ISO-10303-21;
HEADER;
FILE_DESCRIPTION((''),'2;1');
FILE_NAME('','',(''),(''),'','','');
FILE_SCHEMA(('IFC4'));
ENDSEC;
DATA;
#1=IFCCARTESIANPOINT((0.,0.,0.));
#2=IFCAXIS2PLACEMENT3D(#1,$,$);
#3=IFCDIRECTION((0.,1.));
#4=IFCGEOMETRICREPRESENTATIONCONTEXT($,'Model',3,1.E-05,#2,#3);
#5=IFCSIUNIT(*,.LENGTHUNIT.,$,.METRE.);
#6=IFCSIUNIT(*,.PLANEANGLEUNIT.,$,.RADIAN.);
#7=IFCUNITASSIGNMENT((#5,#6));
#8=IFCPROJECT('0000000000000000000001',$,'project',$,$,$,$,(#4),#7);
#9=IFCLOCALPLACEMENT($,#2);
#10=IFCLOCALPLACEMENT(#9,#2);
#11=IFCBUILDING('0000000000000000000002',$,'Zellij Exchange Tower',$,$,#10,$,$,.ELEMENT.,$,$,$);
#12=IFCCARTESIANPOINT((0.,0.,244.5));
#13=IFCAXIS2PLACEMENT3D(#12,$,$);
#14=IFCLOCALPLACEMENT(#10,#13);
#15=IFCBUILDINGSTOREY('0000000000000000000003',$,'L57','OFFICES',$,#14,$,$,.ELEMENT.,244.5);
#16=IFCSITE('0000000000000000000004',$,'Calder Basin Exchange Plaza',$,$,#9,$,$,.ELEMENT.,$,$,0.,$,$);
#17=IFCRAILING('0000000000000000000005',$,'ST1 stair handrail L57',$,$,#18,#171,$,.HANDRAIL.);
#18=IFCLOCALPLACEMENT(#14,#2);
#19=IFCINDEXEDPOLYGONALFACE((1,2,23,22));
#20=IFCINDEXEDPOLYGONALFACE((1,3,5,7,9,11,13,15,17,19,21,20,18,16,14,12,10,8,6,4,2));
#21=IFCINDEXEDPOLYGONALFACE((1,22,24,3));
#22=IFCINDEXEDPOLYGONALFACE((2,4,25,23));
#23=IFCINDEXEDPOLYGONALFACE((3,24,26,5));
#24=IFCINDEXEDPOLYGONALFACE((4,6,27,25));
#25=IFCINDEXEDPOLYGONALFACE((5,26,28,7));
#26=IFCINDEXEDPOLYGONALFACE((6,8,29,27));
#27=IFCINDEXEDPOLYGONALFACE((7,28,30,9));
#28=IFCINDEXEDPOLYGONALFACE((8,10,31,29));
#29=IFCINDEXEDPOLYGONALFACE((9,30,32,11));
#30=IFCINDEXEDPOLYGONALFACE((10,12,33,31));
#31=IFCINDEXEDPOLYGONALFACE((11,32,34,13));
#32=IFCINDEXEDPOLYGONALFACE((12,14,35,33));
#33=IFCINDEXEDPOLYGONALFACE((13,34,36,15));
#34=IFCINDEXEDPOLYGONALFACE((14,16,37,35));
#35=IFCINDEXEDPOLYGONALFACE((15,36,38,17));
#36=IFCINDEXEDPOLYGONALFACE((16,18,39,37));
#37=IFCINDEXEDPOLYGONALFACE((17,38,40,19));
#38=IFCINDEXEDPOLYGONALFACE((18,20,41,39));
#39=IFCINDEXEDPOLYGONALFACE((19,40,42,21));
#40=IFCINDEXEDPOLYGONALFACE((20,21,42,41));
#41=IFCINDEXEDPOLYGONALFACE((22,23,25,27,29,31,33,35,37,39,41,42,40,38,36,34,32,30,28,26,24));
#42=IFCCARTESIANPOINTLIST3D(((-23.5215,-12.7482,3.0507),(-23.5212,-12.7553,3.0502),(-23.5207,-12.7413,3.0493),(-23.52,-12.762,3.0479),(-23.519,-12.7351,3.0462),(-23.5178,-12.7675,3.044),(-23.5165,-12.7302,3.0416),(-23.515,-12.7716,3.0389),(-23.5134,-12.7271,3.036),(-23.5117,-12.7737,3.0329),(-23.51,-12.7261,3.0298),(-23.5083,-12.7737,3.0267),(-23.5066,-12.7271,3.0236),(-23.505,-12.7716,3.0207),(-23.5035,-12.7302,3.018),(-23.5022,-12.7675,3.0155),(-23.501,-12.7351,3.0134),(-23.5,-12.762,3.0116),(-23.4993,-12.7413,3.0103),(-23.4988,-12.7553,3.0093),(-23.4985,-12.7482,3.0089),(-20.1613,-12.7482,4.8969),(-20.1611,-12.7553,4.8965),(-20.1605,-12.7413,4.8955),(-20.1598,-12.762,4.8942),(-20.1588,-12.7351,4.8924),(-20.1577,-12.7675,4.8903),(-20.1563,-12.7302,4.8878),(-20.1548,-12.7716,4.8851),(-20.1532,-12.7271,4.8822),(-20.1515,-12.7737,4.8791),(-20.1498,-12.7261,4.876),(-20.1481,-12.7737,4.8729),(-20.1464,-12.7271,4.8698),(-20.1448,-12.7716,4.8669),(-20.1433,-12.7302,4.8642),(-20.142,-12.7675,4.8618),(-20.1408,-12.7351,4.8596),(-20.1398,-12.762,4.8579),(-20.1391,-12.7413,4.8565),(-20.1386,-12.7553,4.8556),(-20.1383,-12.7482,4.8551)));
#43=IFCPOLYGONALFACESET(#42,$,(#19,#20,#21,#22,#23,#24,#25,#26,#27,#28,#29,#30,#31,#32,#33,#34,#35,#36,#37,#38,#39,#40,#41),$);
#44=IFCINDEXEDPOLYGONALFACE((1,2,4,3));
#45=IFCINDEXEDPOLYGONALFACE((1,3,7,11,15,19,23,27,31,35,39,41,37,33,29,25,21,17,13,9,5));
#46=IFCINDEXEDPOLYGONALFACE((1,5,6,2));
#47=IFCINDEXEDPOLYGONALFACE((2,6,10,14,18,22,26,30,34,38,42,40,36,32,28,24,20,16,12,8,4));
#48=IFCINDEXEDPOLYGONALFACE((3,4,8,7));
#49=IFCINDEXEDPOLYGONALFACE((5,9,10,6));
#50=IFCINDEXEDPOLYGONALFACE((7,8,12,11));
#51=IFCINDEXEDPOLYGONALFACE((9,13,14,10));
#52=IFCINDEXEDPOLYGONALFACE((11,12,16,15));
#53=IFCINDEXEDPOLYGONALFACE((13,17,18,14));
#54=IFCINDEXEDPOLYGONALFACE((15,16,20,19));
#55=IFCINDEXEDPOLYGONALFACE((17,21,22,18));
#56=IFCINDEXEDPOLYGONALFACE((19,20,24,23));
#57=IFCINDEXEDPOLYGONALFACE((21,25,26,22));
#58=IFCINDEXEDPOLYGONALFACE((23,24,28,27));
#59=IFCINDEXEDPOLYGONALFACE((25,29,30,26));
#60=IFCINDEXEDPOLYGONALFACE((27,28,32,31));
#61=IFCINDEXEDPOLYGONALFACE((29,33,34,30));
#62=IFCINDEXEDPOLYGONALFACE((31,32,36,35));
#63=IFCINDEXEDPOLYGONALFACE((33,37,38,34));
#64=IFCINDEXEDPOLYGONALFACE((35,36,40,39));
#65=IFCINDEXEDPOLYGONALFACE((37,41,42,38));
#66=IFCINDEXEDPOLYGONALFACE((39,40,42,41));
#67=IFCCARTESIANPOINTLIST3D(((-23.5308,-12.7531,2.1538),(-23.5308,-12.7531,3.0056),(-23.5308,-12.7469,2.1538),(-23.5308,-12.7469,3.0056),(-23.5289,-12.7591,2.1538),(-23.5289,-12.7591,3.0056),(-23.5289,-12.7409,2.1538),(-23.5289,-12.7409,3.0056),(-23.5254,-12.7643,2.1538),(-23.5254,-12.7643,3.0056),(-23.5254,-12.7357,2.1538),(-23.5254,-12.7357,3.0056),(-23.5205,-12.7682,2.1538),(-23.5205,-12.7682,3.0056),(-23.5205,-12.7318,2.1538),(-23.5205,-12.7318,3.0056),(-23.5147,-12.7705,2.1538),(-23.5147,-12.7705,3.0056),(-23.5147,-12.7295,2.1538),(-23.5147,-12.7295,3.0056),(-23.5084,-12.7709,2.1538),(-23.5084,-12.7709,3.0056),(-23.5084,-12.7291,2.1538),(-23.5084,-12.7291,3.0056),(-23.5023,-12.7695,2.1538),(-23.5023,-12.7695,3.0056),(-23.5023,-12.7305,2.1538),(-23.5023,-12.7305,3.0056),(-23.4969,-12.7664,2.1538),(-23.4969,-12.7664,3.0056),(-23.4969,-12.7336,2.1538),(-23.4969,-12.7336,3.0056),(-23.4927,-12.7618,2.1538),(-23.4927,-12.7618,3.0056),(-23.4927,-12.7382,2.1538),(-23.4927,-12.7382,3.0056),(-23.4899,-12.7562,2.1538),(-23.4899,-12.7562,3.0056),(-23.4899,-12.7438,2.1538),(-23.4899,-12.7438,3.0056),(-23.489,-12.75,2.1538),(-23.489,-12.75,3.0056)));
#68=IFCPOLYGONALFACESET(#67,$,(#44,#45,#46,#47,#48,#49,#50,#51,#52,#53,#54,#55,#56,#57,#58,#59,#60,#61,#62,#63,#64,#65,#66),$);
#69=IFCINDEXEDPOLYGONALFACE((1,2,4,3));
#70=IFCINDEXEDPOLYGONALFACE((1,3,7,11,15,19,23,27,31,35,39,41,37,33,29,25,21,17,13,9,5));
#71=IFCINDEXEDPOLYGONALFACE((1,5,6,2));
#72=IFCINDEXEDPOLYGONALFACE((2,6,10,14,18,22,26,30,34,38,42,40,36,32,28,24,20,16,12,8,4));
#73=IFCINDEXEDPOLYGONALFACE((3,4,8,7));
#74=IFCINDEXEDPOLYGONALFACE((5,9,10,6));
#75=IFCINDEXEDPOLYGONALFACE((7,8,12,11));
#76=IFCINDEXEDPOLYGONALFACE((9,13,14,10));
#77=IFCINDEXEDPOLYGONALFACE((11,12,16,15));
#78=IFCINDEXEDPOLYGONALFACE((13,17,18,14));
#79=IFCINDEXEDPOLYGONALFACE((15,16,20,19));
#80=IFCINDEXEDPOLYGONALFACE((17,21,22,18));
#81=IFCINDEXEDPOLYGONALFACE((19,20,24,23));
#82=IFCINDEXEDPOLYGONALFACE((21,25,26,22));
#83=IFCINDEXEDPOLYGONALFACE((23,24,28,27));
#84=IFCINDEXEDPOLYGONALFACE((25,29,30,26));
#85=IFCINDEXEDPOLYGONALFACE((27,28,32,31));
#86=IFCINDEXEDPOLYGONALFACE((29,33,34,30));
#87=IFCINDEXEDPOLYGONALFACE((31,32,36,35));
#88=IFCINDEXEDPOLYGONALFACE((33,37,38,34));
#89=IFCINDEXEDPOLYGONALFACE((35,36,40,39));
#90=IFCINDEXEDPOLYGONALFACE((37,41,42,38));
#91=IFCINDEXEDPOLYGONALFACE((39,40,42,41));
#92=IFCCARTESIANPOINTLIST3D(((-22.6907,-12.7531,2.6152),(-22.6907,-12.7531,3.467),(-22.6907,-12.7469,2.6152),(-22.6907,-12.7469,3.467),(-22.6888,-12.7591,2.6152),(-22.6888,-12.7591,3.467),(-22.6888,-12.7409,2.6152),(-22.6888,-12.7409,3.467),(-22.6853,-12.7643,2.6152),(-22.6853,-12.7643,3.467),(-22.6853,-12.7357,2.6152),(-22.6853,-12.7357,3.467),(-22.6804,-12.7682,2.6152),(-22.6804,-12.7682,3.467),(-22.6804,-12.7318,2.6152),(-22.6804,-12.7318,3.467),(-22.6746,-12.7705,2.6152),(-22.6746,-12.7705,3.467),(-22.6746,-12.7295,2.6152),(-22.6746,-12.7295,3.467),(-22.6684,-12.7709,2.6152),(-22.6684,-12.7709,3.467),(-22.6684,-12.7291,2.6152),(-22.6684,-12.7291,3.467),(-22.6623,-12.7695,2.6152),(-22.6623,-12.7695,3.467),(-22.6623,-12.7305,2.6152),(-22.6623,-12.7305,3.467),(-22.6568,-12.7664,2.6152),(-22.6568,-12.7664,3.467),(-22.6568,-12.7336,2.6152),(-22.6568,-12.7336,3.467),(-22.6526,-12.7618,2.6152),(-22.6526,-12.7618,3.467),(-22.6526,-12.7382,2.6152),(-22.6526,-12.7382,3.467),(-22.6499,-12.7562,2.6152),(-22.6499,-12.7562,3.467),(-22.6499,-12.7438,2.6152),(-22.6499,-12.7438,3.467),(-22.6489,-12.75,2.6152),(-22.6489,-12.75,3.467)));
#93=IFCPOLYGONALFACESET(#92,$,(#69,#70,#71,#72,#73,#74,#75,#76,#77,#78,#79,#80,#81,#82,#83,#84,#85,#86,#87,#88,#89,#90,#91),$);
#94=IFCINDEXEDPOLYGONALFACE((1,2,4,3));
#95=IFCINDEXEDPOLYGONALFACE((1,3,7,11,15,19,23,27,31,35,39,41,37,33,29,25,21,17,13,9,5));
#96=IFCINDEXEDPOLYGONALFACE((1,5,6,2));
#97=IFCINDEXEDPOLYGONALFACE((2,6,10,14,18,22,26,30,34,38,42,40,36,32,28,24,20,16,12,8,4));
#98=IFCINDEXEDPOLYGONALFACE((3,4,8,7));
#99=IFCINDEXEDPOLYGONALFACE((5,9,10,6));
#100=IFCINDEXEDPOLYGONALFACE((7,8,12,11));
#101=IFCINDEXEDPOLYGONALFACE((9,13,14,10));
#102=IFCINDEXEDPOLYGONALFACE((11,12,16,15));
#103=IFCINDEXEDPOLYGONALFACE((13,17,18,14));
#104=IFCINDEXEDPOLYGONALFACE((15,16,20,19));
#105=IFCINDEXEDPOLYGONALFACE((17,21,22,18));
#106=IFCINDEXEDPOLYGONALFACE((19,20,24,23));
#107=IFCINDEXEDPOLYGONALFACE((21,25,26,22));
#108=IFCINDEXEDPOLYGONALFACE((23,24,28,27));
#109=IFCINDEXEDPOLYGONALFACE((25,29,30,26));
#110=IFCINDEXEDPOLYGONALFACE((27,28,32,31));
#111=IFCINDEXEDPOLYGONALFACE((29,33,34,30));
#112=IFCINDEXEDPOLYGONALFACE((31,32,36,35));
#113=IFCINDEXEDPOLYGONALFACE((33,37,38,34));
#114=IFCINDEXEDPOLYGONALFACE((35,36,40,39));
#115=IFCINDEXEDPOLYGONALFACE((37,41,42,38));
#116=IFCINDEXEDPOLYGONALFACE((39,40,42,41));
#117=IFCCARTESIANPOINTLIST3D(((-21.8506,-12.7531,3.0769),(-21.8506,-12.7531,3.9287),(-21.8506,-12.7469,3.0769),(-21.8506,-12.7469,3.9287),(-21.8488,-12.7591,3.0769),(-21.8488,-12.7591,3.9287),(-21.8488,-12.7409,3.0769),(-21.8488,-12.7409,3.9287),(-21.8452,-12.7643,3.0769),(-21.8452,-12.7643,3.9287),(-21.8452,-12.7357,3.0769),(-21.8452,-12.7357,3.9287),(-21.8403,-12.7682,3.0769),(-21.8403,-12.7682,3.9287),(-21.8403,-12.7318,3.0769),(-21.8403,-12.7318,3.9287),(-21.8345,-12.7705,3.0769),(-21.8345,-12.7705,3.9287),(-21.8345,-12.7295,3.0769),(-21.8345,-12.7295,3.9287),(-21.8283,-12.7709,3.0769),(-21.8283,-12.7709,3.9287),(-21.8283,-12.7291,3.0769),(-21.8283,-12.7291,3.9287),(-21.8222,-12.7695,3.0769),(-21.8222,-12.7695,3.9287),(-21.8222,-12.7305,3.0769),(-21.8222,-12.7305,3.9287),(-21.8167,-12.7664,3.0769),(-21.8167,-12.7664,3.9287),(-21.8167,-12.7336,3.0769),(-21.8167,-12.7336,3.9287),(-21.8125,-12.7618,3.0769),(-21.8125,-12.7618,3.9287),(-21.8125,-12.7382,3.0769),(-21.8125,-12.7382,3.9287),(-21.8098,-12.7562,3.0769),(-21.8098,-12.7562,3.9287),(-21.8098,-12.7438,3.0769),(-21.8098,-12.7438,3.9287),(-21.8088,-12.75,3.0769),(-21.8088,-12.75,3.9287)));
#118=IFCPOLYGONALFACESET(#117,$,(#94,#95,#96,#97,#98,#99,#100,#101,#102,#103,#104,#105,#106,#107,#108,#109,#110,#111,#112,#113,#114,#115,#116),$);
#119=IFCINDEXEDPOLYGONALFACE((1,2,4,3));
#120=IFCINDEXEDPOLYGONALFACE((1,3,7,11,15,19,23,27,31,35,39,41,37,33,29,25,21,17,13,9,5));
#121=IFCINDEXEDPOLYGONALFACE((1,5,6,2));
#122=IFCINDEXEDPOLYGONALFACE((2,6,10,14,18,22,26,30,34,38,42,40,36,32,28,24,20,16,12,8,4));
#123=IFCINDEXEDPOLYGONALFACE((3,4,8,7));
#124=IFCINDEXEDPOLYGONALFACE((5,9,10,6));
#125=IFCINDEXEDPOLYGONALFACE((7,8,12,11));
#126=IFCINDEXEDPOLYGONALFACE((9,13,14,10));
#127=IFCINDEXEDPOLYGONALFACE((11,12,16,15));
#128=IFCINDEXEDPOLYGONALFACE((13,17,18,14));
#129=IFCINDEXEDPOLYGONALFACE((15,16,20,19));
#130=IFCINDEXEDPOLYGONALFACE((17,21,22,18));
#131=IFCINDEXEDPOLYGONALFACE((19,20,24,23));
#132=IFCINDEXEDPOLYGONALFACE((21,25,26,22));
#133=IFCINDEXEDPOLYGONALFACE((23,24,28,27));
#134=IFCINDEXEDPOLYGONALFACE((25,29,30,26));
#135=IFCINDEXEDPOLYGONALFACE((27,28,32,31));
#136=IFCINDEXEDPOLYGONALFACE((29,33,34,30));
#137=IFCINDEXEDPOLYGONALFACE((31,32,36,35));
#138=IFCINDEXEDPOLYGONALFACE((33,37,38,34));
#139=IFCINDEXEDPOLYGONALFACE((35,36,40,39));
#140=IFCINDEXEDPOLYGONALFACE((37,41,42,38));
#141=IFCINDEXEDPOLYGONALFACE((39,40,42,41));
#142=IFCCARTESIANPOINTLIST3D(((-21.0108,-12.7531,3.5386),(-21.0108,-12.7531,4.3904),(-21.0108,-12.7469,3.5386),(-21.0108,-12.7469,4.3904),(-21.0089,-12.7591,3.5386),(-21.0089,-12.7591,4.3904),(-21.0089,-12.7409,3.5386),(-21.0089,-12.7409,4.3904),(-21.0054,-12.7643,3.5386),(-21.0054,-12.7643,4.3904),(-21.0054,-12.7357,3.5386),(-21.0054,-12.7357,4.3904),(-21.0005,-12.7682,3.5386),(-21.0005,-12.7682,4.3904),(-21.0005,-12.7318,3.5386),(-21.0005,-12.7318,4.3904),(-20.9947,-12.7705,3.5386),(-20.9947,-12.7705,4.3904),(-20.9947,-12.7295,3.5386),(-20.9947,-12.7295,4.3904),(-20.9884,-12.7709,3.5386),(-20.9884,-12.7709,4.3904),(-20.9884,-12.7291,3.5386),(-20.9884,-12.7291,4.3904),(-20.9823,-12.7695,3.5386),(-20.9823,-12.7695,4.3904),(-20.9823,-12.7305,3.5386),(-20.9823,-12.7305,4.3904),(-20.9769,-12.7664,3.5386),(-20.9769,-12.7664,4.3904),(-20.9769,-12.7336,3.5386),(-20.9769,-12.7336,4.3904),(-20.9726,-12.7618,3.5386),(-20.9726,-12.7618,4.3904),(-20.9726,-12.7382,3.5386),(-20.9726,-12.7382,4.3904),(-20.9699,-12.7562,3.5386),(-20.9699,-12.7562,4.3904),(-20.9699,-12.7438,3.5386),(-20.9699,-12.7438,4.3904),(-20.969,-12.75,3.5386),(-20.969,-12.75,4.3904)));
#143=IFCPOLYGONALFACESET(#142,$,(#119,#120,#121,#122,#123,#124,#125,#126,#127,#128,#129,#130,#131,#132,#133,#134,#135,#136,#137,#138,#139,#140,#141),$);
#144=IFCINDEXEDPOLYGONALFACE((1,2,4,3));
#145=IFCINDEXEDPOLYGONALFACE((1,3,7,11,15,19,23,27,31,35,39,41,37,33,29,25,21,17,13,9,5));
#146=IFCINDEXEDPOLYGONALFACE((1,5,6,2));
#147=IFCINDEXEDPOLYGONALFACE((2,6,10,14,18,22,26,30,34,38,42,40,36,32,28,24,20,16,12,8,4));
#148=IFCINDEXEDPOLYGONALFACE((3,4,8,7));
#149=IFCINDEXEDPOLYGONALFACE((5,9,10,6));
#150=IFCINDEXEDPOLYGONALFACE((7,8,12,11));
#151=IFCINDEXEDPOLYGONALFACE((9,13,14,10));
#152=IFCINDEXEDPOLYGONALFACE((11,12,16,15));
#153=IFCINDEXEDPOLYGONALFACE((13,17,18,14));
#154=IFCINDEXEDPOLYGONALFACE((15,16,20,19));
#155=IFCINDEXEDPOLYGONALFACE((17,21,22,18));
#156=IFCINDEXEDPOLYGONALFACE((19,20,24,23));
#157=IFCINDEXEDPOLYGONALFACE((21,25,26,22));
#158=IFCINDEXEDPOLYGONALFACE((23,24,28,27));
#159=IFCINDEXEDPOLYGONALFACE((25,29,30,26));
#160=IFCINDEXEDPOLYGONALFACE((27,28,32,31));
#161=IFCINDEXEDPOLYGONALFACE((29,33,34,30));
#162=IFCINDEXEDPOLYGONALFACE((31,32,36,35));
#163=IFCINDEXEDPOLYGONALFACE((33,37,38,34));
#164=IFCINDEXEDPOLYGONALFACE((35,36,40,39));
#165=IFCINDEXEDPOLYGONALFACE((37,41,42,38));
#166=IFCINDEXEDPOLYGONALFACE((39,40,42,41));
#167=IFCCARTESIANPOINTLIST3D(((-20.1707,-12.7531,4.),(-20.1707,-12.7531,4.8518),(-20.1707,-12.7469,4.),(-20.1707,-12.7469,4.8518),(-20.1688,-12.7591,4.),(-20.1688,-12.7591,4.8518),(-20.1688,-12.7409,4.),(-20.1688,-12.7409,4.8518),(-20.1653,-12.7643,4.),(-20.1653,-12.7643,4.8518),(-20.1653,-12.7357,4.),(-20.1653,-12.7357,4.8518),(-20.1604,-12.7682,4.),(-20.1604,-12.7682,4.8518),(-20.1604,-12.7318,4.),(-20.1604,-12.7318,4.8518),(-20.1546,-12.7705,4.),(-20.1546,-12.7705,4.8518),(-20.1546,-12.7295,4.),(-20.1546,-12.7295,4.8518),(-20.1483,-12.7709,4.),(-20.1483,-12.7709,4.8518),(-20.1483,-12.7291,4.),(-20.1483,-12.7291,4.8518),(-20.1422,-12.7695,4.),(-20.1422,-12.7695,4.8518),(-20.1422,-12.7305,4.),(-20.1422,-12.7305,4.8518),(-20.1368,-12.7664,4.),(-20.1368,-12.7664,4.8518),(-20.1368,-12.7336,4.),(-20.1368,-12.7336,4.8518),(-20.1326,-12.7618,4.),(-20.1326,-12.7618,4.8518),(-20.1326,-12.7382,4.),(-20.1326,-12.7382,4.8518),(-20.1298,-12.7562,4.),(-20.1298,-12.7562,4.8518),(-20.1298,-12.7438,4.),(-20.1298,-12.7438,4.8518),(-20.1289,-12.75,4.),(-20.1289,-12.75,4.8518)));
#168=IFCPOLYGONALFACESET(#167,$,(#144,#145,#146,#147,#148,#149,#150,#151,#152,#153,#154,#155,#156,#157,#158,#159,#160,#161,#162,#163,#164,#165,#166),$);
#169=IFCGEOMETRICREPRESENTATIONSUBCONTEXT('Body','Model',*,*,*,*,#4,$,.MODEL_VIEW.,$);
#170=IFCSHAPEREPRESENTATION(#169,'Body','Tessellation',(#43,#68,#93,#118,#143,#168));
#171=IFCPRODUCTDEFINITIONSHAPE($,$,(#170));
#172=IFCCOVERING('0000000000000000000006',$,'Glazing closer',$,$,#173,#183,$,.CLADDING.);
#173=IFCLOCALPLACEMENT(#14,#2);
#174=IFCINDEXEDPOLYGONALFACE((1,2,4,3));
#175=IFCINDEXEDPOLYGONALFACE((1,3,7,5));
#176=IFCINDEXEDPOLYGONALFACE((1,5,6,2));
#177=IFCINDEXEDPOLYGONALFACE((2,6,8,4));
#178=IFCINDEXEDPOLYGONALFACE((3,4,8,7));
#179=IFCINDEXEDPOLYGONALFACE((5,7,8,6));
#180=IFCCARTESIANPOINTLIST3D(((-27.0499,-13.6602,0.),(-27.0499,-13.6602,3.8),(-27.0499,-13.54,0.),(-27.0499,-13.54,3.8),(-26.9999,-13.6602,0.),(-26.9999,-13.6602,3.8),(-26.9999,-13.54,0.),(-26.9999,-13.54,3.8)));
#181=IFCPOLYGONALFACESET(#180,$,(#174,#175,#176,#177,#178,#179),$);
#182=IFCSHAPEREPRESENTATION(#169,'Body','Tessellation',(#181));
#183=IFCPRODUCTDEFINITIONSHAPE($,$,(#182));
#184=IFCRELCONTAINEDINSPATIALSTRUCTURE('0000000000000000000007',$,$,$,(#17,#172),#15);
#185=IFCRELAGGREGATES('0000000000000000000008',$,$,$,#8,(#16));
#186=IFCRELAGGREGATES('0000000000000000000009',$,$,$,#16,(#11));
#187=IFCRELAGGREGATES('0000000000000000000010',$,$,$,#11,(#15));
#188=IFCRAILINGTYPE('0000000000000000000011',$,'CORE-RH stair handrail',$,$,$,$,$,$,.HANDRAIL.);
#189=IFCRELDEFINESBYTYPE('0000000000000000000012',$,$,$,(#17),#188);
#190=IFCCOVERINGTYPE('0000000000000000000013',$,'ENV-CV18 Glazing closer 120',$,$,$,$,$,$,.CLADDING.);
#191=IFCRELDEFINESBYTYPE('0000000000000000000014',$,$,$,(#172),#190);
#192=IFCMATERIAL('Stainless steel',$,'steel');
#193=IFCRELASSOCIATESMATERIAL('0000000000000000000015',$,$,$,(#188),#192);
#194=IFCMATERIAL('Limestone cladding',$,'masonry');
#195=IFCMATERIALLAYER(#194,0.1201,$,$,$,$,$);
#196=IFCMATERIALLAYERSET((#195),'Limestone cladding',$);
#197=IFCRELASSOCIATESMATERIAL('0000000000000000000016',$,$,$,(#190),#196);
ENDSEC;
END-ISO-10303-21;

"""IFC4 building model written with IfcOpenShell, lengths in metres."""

from ifc_helpers import new_model, si_unit, direction, frame, origin, origin_2d, place, context, subcontext, project, spatial, rectangle, circle, extrude, material, layer, layer_set, type_object, element, save


model = new_model("IFC4")

# Units and contexts
model_context = context("Model", 3, precision=1e-05, world=origin(), true_north=direction((0.0, 1.0)))
body_context = subcontext(model_context, "Body", "Model", "MODEL_VIEW")
ifc_project = project(units=[si_unit("LENGTHUNIT", "METRE"), si_unit("PLANEANGLEUNIT", "RADIAN")], contexts=[model_context])

# Site, building, storey
site_placement = place(None, origin())
site = spatial("IfcSite", under=ifc_project, at=site_placement, Name="Calder Basin Exchange Plaza", CompositionType="ELEMENT", RefElevation=0.0)
building_placement = place(site_placement, origin())
building = spatial("IfcBuilding", under=site, at=building_placement, Name="Zellij Exchange Tower", CompositionType="ELEMENT")
storey_placement = place(building_placement, frame((0.0, 0.0, 244.5)))
storey = spatial("IfcBuildingStorey", under=building, at=storey_placement, Name="L57", Description="OFFICES", CompositionType="ELEMENT", Elevation=244.5)

# Railing
ifc_material_1 = material(Name="Stainless steel", Category="steel")
railing_type = type_object("IfcRailingType", Name="CORE-RH stair handrail", PredefinedType="HANDRAIL", material=ifc_material_1)
railing_placement = place(storey_placement, frame((-23.51, -12.75, 2.1538)))
element("IfcRailing", 1, at=railing_placement, inside=storey, type_object=railing_type, Name="ST1 stair handrail L57", PredefinedType="HANDRAIL", context=body_context, shape_type="SweptSolid", body=[
    extrude(circle(Radius=0.0239, at=origin_2d()), frame((0.0, 0.0, 0.876), z_axis=(0.876422, 0.0, 0.481545), x_axis=(0.0, 1.0, 0.0)), (0.0, 0.0, 1.0), 3.834),
    extrude(circle(Radius=0.021, at=origin_2d()), origin(), (0.0, 0.0, 1.0), 0.8518),
    extrude(circle(Radius=0.021, at=origin_2d()), frame((0.8401, 0.0, 0.4614)), (0.0, 0.0, 1.0), 0.8518),
    extrude(circle(Radius=0.021, at=origin_2d()), frame((1.6802, 0.0, 0.9231)), (0.0, 0.0, 1.0), 0.8518),
    extrude(circle(Radius=0.021, at=origin_2d()), frame((2.52, 0.0, 1.3848)), (0.0, 0.0, 1.0), 0.8518),
    extrude(circle(Radius=0.021, at=origin_2d()), frame((3.3601, 0.0, 1.8462)), (0.0, 0.0, 1.0), 0.8518),
])

# Covering
ifc_material_2 = material(Name="Limestone cladding", Category="masonry")
ifc_layer_1 = layer(ifc_material_2, 0.1201)
ifc_layer_set_1 = layer_set([ifc_layer_1], Name="Limestone cladding")
covering_type = type_object("IfcCoveringType", Name="ENV-CV18 Glazing closer 120", PredefinedType="CLADDING", material=ifc_layer_set_1)
covering_placement = place(storey_placement, frame((-27.0249, -13.6001, 0.0), z_axis=(0.0, 0.0, 1.0), x_axis=(1.0, 0.0, 0.0)))
element("IfcCovering", 2, at=covering_placement, inside=storey, type_object=covering_type, Name="Glazing closer", PredefinedType="CLADDING", context=body_context, shape_type="SweptSolid", body=[
    extrude(rectangle(XDim=0.05, YDim=0.1201, at=origin_2d()), origin(), (0.0, 0.0, 1.0), 3.8),
])

save(model, "model.ifc")
